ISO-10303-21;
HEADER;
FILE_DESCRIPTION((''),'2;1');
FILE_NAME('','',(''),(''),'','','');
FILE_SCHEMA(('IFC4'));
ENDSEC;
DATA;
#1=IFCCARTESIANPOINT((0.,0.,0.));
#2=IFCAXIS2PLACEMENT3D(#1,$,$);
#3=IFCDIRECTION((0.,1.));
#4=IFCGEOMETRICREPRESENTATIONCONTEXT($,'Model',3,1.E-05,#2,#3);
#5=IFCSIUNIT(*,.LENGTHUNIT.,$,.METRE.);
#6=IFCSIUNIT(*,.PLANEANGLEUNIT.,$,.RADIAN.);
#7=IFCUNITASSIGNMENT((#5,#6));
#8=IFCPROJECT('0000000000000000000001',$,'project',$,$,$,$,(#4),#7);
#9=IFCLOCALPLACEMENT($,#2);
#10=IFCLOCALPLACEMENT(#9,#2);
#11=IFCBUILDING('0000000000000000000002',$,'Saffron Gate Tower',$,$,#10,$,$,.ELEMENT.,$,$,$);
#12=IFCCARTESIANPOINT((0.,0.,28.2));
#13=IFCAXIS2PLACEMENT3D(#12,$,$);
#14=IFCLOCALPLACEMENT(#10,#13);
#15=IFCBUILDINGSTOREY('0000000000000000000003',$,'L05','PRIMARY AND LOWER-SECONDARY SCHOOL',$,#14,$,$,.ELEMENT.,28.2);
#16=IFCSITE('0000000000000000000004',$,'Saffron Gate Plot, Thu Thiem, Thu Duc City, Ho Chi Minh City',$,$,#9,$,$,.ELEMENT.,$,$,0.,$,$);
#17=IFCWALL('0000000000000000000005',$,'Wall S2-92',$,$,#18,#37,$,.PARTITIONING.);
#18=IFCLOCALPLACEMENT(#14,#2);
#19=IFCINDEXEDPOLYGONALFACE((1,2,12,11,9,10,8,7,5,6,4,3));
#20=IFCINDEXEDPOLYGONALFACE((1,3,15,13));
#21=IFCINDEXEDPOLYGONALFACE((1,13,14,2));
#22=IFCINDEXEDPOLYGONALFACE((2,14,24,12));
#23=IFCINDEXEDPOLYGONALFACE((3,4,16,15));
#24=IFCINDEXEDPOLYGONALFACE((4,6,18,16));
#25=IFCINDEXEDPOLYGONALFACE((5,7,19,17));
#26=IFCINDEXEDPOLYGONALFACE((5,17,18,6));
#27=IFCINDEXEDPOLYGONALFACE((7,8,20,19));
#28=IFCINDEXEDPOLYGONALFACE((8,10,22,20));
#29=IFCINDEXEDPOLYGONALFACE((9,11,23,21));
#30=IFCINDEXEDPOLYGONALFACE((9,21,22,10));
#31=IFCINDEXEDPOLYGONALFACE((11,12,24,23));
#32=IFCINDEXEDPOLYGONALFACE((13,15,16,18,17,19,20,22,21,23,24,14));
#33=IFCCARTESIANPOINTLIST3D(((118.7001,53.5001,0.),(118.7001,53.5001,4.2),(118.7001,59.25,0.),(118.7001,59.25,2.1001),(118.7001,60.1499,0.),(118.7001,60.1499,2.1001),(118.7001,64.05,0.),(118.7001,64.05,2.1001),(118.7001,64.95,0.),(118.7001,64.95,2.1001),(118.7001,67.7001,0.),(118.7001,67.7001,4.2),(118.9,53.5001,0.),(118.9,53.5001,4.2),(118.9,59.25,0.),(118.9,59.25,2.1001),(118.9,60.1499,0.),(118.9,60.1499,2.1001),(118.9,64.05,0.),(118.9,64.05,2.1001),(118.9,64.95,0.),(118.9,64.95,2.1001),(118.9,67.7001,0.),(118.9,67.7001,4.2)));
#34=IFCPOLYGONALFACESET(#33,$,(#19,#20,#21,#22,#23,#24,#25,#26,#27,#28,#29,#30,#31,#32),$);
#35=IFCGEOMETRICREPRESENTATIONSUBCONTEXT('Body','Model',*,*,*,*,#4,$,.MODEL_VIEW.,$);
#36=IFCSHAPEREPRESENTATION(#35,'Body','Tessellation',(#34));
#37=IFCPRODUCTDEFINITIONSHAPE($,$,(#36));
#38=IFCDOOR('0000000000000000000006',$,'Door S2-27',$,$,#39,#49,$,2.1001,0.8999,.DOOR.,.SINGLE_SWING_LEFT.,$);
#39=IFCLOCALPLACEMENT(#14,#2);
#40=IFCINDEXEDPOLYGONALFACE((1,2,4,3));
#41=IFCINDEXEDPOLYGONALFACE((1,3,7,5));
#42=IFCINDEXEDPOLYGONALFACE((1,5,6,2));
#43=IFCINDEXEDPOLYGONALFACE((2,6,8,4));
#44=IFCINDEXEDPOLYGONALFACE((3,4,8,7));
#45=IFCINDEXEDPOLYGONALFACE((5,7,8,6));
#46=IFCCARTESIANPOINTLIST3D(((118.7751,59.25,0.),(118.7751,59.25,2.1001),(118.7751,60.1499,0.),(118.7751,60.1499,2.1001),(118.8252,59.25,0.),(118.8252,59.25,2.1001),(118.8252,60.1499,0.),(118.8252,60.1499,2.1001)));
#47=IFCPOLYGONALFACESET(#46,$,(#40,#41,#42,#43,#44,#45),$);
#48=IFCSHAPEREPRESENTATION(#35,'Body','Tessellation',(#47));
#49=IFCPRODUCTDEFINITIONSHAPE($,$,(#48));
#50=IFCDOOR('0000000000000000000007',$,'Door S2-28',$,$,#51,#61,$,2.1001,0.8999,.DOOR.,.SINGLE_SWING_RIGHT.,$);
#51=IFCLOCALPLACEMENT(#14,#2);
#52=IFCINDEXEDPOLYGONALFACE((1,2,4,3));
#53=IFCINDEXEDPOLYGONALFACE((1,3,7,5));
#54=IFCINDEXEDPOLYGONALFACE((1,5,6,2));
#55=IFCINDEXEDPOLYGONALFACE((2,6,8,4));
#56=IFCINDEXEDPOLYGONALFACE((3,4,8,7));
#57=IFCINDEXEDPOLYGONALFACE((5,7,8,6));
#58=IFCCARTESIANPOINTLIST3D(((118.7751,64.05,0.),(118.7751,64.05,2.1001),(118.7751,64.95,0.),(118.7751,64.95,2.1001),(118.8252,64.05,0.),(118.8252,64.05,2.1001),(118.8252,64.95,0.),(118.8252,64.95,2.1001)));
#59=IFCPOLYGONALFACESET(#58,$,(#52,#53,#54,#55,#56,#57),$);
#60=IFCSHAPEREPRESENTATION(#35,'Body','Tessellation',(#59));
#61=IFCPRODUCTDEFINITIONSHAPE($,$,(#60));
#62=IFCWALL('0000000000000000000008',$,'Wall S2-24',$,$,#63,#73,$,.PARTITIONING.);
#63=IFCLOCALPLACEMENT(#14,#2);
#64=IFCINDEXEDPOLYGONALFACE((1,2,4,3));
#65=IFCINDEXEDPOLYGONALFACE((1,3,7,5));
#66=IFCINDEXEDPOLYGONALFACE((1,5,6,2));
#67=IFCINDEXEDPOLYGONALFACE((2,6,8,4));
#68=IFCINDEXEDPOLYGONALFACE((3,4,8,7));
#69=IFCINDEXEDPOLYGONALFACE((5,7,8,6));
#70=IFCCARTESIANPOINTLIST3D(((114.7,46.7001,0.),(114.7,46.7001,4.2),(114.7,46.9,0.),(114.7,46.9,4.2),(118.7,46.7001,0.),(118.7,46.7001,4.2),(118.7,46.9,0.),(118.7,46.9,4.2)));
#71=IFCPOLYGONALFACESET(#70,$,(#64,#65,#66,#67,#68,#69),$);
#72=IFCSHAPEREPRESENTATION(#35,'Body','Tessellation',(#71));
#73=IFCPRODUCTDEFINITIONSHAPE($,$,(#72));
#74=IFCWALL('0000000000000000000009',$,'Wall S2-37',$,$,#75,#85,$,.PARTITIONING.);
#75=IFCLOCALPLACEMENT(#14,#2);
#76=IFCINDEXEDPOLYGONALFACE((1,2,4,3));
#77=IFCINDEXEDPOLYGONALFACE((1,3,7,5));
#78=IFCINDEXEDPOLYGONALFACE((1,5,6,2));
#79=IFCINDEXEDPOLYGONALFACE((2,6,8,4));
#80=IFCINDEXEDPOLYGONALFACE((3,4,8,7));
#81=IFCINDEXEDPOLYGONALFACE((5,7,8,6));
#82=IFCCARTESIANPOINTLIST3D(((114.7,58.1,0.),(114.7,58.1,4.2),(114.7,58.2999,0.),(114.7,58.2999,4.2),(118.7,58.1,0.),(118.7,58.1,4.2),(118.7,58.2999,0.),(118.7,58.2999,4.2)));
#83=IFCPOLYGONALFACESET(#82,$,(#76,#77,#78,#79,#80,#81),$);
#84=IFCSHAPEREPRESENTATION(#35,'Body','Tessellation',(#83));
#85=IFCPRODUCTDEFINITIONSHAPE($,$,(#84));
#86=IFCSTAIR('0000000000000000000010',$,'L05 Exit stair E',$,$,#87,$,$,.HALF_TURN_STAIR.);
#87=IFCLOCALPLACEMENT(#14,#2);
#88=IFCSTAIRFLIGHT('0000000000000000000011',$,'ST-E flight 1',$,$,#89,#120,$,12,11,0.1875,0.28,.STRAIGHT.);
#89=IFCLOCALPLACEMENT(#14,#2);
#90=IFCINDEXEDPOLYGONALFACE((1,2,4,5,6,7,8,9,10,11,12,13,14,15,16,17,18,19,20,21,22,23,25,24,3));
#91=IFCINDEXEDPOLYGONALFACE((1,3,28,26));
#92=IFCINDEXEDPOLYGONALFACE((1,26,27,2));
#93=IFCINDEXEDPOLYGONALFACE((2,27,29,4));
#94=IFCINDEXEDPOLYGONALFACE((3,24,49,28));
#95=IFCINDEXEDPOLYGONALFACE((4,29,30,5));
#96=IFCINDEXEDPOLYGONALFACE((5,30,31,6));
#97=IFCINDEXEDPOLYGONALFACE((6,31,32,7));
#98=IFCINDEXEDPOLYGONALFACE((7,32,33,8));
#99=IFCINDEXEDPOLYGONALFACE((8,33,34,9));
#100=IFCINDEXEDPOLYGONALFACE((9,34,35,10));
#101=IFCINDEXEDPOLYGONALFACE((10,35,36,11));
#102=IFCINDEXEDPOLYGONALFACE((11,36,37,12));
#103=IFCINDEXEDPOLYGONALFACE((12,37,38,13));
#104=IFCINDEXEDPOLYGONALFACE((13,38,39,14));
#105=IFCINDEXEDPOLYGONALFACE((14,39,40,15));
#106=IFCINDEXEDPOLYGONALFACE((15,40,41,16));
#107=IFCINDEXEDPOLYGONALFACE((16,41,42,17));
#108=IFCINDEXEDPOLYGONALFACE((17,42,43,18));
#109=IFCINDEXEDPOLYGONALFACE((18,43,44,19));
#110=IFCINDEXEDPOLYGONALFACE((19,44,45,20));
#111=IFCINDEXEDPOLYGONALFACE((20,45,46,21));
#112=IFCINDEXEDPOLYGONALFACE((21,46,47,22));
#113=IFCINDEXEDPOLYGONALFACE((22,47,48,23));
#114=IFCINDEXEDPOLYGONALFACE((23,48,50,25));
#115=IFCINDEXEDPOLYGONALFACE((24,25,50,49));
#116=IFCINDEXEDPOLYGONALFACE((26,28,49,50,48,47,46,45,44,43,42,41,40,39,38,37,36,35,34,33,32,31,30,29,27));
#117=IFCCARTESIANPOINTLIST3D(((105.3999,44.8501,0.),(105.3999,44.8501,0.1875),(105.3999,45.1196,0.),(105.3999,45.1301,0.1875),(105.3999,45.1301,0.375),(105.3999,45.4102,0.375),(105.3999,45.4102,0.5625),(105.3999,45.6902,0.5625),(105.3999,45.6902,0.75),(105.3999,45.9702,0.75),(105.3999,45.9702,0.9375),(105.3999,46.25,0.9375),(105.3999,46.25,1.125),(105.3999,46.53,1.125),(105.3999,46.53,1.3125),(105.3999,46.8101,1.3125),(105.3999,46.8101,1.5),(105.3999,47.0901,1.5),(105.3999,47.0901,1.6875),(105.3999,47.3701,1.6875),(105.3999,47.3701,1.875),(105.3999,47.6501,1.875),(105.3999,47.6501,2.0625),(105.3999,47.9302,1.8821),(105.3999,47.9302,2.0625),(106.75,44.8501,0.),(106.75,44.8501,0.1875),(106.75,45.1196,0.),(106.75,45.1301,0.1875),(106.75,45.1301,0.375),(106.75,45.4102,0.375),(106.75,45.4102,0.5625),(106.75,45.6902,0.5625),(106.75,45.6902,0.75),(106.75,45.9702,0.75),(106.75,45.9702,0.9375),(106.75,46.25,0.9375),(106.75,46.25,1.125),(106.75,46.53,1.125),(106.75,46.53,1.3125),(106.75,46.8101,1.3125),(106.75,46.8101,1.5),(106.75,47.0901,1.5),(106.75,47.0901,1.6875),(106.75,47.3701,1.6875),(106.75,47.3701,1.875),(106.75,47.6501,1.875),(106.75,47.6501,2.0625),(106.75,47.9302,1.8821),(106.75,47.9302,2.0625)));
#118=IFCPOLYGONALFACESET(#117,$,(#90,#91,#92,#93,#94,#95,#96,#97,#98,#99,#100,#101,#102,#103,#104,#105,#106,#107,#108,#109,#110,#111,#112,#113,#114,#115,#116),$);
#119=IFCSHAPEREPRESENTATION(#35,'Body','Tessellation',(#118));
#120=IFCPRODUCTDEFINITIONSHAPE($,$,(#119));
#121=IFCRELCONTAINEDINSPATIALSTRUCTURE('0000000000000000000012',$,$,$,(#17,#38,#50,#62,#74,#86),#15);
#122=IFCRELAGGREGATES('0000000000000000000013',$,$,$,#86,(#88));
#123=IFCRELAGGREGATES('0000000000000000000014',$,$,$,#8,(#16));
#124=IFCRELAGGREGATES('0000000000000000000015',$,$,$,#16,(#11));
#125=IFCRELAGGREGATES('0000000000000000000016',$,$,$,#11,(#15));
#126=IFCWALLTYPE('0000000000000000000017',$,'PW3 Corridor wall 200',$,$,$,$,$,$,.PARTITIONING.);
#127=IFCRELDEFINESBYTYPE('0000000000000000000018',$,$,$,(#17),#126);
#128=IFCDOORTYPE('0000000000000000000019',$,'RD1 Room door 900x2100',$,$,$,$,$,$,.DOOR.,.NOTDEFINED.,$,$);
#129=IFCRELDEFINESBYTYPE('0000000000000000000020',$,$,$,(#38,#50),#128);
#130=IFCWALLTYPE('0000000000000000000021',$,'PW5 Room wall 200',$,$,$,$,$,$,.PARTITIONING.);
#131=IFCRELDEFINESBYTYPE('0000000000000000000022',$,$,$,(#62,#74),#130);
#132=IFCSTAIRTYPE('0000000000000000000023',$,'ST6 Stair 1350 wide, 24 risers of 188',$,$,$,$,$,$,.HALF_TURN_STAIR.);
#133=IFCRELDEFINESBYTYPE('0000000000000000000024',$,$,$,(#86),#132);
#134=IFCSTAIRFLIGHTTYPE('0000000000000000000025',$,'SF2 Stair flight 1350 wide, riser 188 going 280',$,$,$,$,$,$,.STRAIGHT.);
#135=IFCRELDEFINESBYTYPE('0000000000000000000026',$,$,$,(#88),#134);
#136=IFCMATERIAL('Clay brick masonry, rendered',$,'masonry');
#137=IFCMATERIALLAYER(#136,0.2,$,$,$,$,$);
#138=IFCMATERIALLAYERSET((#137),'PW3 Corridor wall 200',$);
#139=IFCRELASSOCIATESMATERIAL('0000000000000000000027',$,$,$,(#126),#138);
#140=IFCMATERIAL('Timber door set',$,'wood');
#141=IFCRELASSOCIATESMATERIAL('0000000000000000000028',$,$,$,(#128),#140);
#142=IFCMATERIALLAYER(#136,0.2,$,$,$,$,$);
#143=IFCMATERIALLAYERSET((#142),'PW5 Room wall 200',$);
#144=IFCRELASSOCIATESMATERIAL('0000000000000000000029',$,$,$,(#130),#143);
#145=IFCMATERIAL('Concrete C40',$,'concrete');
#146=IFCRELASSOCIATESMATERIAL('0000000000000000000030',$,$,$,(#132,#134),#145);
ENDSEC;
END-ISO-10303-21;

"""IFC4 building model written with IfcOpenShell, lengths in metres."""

from ifc_helpers import new_model, si_unit, direction, frame, frame_2d, origin, place, context, subcontext, project, spatial, polyline, rectangle, outline, extrude, material, layer, layer_set, type_object, element, fill, aggregate, save


model = new_model("IFC4")

# Units and contexts
model_context = context("Model", 3, precision=1e-05, world=origin(), true_north=direction((0.0, 1.0)))
body_context = subcontext(model_context, "Body", "Model", "MODEL_VIEW")
ifc_project = project(units=[si_unit("LENGTHUNIT", "METRE"), si_unit("PLANEANGLEUNIT", "RADIAN")], contexts=[model_context])

# Site, building, storey
site_placement = place(None, origin())
site = spatial("IfcSite", under=ifc_project, at=site_placement, Name="Saffron Gate Plot, Thu Thiem, Thu Duc City, Ho Chi Minh City", CompositionType="ELEMENT", RefElevation=0.0)
building_placement = place(site_placement, origin())
building = spatial("IfcBuilding", under=site, at=building_placement, Name="Saffron Gate Tower", CompositionType="ELEMENT")
storey_placement = place(building_placement, frame((0.0, 0.0, 28.2)))
storey = spatial("IfcBuildingStorey", under=building, at=storey_placement, Name="L05", Description="PRIMARY AND LOWER-SECONDARY SCHOOL", CompositionType="ELEMENT", Elevation=28.2)

# Shared definitions
ifc_material_1 = material(Name="Clay brick masonry, rendered", Category="masonry")
ifc_layer_1 = layer(ifc_material_1, 0.2)
ifc_layer_set_1 = layer_set([ifc_layer_1], Name="PW3 Corridor wall 200")
wall_type_1 = type_object("IfcWallType", Name="PW3 Corridor wall 200", PredefinedType="PARTITIONING", material=ifc_layer_set_1)

# Shared definitions
ifc_material_2 = material(Name="Timber door set", Category="wood")
door_type = type_object("IfcDoorType", Name="RD1 Room door 900x2100", OperationType="NOTDEFINED", PredefinedType="DOOR", material=ifc_material_2)

# Wall, openings, doors
wall_1_placement = place(storey_placement, frame((118.8, 53.5, 0.0), z_axis=(0.0, 0.0, 1.0), x_axis=(0.0, 1.0, 0.0)))
wall_1 = element("IfcWall", 1, at=wall_1_placement, inside=storey, type_object=wall_type_1, Name="Wall S2-92", PredefinedType="PARTITIONING", context=body_context, shape_type="SweptSolid", body=[
    extrude(rectangle(XDim=14.2, YDim=0.2, at=frame_2d((7.1001, 0.0))), origin(), (0.0, 0.0, 1.0), 4.2),
])
opening_1_placement = place(wall_1_placement, frame((5.75, 0.0, 0.0)))
opening_1 = element("IfcOpeningElement", 2, at=opening_1_placement, cuts=wall_1, PredefinedType="OPENING", context=body_context, shape_type="SweptSolid", body=[
    extrude(rectangle(XDim=0.8999, YDim=2.1001, at=frame_2d((0.45, 1.05))), frame((0.0, 0.1099, 0.0), z_axis=(0.0, -1.0, 0.0), x_axis=(1.0, 0.0, 0.0)), (0.0, 0.0, 1.0), 0.22),
])
opening_2_placement = place(wall_1_placement, frame((10.55, 0.0, 0.0)))
opening_2 = element("IfcOpeningElement", 3, at=opening_2_placement, cuts=wall_1, PredefinedType="OPENING", context=body_context, shape_type="SweptSolid", body=[
    extrude(rectangle(XDim=0.8999, YDim=2.1001, at=frame_2d((0.45, 1.05))), frame((0.0, 0.1099, 0.0), z_axis=(0.0, -1.0, 0.0), x_axis=(1.0, 0.0, 0.0)), (0.0, 0.0, 1.0), 0.22),
])
door_1_placement = place(opening_1_placement, origin())
door_1 = element("IfcDoor", 4, at=door_1_placement, inside=storey, type_object=door_type, Name="Door S2-27", OperationType="SINGLE_SWING_LEFT", OverallHeight=2.1001, OverallWidth=0.8999, PredefinedType="DOOR", context=body_context, shape_type="SweptSolid", body=[
    extrude(rectangle(XDim=0.8999, YDim=2.1001, at=frame_2d((0.45, 1.05))), frame((0.0, 0.0249, 0.0), z_axis=(0.0, -1.0, 0.0), x_axis=(1.0, 0.0, 0.0)), (0.0, 0.0, 1.0), 0.05),
])
fill(opening_1, door_1)
door_2_placement = place(opening_2_placement, origin())
door_2 = element("IfcDoor", 5, at=door_2_placement, inside=storey, type_object=door_type, Name="Door S2-28", OperationType="SINGLE_SWING_RIGHT", OverallHeight=2.1001, OverallWidth=0.8999, PredefinedType="DOOR", context=body_context, shape_type="SweptSolid", body=[
    extrude(rectangle(XDim=0.8999, YDim=2.1001, at=frame_2d((0.45, 1.05))), frame((0.0, 0.0249, 0.0), z_axis=(0.0, -1.0, 0.0), x_axis=(1.0, 0.0, 0.0)), (0.0, 0.0, 1.0), 0.05),
])
fill(opening_2, door_2)

# Walls
ifc_layer_2 = layer(ifc_material_1, 0.2)
ifc_layer_set_2 = layer_set([ifc_layer_2], Name="PW5 Room wall 200")
wall_type_2 = type_object("IfcWallType", Name="PW5 Room wall 200", PredefinedType="PARTITIONING", material=ifc_layer_set_2)
for number, where, z_axis, x_axis, name in (
    (6, (114.7, 46.8, 0.0), (0.0, 0.0, 1.0), (1.0, 0.0, 0.0), "Wall S2-24"),
    (7, (114.7, 58.2, 0.0), (0.0, 0.0, 1.0), (1.0, 0.0, 0.0), "Wall S2-37"),
):
    element("IfcWall", number, at=place(storey_placement, frame(where, z_axis=z_axis, x_axis=x_axis)), inside=storey, type_object=wall_type_2, Name=name, PredefinedType="PARTITIONING", context=body_context, shape_type="SweptSolid", body=[
        extrude(rectangle(XDim=4.0, YDim=0.2, at=frame_2d((2.0, 0.0))), origin(), (0.0, 0.0, 1.0), 4.2),
    ])

# Stair, stair flight
ifc_material_3 = material(Name="Concrete C40", Category="concrete")
stair_type = type_object("IfcStairType", Name="ST6 Stair 1350 wide, 24 risers of 188", PredefinedType="HALF_TURN_STAIR", material=ifc_material_3)
stair_placement = place(storey_placement, origin())
stair = element("IfcStair", 8, at=stair_placement, inside=storey, type_object=stair_type, Name="L05 Exit stair E", PredefinedType="HALF_TURN_STAIR")
stair_flight_type = type_object("IfcStairFlightType", Name="SF2 Stair flight 1350 wide, riser 188 going 280", PredefinedType="STRAIGHT", material=ifc_material_3)
stair_flight_placement = place(storey_placement, frame((106.075, 44.8501, 0.0), z_axis=(0.0, 0.0, 1.0), x_axis=(0.0, 1.0, 0.0)))
stair_flight = element("IfcStairFlight", 9, at=stair_flight_placement, type_object=stair_flight_type, Name="ST-E flight 1", NumberOfRisers=12, NumberOfTreads=11, PredefinedType="STRAIGHT", RiserHeight=0.1875, TreadLength=0.28, context=body_context, shape_type="SweptSolid", body=[
    extrude(outline(polyline([(0.0, 0.0), (0.0, 0.1875), (0.28, 0.1875), (0.28, 0.375), (0.5601, 0.375), (0.5601, 0.5625), (0.8401, 0.5625), (0.8401, 0.75), (1.1201, 0.75), (1.1201, 0.9375), (1.3999, 0.9375), (1.3999, 1.125), (1.6799, 1.125), (1.6799, 1.3125), (1.96, 1.3125), (1.96, 1.5), (2.24, 1.5), (2.24, 1.6875), (2.52, 1.6875), (2.52, 1.875), (2.8, 1.875), (2.8, 2.0625), (3.0801, 2.0625), (3.0801, 2.25), (3.0801, 1.8821), (0.2695, 0.0), (0.0, 0.0)])), frame((0.0, 0.675, 0.0), z_axis=(0.0, -1.0, 0.0), x_axis=(1.0, 0.0, 0.0)), (0.0, 0.0, 1.0), 1.3501),
])
aggregate(stair, [stair_flight])

save(model, "model.ifc")
